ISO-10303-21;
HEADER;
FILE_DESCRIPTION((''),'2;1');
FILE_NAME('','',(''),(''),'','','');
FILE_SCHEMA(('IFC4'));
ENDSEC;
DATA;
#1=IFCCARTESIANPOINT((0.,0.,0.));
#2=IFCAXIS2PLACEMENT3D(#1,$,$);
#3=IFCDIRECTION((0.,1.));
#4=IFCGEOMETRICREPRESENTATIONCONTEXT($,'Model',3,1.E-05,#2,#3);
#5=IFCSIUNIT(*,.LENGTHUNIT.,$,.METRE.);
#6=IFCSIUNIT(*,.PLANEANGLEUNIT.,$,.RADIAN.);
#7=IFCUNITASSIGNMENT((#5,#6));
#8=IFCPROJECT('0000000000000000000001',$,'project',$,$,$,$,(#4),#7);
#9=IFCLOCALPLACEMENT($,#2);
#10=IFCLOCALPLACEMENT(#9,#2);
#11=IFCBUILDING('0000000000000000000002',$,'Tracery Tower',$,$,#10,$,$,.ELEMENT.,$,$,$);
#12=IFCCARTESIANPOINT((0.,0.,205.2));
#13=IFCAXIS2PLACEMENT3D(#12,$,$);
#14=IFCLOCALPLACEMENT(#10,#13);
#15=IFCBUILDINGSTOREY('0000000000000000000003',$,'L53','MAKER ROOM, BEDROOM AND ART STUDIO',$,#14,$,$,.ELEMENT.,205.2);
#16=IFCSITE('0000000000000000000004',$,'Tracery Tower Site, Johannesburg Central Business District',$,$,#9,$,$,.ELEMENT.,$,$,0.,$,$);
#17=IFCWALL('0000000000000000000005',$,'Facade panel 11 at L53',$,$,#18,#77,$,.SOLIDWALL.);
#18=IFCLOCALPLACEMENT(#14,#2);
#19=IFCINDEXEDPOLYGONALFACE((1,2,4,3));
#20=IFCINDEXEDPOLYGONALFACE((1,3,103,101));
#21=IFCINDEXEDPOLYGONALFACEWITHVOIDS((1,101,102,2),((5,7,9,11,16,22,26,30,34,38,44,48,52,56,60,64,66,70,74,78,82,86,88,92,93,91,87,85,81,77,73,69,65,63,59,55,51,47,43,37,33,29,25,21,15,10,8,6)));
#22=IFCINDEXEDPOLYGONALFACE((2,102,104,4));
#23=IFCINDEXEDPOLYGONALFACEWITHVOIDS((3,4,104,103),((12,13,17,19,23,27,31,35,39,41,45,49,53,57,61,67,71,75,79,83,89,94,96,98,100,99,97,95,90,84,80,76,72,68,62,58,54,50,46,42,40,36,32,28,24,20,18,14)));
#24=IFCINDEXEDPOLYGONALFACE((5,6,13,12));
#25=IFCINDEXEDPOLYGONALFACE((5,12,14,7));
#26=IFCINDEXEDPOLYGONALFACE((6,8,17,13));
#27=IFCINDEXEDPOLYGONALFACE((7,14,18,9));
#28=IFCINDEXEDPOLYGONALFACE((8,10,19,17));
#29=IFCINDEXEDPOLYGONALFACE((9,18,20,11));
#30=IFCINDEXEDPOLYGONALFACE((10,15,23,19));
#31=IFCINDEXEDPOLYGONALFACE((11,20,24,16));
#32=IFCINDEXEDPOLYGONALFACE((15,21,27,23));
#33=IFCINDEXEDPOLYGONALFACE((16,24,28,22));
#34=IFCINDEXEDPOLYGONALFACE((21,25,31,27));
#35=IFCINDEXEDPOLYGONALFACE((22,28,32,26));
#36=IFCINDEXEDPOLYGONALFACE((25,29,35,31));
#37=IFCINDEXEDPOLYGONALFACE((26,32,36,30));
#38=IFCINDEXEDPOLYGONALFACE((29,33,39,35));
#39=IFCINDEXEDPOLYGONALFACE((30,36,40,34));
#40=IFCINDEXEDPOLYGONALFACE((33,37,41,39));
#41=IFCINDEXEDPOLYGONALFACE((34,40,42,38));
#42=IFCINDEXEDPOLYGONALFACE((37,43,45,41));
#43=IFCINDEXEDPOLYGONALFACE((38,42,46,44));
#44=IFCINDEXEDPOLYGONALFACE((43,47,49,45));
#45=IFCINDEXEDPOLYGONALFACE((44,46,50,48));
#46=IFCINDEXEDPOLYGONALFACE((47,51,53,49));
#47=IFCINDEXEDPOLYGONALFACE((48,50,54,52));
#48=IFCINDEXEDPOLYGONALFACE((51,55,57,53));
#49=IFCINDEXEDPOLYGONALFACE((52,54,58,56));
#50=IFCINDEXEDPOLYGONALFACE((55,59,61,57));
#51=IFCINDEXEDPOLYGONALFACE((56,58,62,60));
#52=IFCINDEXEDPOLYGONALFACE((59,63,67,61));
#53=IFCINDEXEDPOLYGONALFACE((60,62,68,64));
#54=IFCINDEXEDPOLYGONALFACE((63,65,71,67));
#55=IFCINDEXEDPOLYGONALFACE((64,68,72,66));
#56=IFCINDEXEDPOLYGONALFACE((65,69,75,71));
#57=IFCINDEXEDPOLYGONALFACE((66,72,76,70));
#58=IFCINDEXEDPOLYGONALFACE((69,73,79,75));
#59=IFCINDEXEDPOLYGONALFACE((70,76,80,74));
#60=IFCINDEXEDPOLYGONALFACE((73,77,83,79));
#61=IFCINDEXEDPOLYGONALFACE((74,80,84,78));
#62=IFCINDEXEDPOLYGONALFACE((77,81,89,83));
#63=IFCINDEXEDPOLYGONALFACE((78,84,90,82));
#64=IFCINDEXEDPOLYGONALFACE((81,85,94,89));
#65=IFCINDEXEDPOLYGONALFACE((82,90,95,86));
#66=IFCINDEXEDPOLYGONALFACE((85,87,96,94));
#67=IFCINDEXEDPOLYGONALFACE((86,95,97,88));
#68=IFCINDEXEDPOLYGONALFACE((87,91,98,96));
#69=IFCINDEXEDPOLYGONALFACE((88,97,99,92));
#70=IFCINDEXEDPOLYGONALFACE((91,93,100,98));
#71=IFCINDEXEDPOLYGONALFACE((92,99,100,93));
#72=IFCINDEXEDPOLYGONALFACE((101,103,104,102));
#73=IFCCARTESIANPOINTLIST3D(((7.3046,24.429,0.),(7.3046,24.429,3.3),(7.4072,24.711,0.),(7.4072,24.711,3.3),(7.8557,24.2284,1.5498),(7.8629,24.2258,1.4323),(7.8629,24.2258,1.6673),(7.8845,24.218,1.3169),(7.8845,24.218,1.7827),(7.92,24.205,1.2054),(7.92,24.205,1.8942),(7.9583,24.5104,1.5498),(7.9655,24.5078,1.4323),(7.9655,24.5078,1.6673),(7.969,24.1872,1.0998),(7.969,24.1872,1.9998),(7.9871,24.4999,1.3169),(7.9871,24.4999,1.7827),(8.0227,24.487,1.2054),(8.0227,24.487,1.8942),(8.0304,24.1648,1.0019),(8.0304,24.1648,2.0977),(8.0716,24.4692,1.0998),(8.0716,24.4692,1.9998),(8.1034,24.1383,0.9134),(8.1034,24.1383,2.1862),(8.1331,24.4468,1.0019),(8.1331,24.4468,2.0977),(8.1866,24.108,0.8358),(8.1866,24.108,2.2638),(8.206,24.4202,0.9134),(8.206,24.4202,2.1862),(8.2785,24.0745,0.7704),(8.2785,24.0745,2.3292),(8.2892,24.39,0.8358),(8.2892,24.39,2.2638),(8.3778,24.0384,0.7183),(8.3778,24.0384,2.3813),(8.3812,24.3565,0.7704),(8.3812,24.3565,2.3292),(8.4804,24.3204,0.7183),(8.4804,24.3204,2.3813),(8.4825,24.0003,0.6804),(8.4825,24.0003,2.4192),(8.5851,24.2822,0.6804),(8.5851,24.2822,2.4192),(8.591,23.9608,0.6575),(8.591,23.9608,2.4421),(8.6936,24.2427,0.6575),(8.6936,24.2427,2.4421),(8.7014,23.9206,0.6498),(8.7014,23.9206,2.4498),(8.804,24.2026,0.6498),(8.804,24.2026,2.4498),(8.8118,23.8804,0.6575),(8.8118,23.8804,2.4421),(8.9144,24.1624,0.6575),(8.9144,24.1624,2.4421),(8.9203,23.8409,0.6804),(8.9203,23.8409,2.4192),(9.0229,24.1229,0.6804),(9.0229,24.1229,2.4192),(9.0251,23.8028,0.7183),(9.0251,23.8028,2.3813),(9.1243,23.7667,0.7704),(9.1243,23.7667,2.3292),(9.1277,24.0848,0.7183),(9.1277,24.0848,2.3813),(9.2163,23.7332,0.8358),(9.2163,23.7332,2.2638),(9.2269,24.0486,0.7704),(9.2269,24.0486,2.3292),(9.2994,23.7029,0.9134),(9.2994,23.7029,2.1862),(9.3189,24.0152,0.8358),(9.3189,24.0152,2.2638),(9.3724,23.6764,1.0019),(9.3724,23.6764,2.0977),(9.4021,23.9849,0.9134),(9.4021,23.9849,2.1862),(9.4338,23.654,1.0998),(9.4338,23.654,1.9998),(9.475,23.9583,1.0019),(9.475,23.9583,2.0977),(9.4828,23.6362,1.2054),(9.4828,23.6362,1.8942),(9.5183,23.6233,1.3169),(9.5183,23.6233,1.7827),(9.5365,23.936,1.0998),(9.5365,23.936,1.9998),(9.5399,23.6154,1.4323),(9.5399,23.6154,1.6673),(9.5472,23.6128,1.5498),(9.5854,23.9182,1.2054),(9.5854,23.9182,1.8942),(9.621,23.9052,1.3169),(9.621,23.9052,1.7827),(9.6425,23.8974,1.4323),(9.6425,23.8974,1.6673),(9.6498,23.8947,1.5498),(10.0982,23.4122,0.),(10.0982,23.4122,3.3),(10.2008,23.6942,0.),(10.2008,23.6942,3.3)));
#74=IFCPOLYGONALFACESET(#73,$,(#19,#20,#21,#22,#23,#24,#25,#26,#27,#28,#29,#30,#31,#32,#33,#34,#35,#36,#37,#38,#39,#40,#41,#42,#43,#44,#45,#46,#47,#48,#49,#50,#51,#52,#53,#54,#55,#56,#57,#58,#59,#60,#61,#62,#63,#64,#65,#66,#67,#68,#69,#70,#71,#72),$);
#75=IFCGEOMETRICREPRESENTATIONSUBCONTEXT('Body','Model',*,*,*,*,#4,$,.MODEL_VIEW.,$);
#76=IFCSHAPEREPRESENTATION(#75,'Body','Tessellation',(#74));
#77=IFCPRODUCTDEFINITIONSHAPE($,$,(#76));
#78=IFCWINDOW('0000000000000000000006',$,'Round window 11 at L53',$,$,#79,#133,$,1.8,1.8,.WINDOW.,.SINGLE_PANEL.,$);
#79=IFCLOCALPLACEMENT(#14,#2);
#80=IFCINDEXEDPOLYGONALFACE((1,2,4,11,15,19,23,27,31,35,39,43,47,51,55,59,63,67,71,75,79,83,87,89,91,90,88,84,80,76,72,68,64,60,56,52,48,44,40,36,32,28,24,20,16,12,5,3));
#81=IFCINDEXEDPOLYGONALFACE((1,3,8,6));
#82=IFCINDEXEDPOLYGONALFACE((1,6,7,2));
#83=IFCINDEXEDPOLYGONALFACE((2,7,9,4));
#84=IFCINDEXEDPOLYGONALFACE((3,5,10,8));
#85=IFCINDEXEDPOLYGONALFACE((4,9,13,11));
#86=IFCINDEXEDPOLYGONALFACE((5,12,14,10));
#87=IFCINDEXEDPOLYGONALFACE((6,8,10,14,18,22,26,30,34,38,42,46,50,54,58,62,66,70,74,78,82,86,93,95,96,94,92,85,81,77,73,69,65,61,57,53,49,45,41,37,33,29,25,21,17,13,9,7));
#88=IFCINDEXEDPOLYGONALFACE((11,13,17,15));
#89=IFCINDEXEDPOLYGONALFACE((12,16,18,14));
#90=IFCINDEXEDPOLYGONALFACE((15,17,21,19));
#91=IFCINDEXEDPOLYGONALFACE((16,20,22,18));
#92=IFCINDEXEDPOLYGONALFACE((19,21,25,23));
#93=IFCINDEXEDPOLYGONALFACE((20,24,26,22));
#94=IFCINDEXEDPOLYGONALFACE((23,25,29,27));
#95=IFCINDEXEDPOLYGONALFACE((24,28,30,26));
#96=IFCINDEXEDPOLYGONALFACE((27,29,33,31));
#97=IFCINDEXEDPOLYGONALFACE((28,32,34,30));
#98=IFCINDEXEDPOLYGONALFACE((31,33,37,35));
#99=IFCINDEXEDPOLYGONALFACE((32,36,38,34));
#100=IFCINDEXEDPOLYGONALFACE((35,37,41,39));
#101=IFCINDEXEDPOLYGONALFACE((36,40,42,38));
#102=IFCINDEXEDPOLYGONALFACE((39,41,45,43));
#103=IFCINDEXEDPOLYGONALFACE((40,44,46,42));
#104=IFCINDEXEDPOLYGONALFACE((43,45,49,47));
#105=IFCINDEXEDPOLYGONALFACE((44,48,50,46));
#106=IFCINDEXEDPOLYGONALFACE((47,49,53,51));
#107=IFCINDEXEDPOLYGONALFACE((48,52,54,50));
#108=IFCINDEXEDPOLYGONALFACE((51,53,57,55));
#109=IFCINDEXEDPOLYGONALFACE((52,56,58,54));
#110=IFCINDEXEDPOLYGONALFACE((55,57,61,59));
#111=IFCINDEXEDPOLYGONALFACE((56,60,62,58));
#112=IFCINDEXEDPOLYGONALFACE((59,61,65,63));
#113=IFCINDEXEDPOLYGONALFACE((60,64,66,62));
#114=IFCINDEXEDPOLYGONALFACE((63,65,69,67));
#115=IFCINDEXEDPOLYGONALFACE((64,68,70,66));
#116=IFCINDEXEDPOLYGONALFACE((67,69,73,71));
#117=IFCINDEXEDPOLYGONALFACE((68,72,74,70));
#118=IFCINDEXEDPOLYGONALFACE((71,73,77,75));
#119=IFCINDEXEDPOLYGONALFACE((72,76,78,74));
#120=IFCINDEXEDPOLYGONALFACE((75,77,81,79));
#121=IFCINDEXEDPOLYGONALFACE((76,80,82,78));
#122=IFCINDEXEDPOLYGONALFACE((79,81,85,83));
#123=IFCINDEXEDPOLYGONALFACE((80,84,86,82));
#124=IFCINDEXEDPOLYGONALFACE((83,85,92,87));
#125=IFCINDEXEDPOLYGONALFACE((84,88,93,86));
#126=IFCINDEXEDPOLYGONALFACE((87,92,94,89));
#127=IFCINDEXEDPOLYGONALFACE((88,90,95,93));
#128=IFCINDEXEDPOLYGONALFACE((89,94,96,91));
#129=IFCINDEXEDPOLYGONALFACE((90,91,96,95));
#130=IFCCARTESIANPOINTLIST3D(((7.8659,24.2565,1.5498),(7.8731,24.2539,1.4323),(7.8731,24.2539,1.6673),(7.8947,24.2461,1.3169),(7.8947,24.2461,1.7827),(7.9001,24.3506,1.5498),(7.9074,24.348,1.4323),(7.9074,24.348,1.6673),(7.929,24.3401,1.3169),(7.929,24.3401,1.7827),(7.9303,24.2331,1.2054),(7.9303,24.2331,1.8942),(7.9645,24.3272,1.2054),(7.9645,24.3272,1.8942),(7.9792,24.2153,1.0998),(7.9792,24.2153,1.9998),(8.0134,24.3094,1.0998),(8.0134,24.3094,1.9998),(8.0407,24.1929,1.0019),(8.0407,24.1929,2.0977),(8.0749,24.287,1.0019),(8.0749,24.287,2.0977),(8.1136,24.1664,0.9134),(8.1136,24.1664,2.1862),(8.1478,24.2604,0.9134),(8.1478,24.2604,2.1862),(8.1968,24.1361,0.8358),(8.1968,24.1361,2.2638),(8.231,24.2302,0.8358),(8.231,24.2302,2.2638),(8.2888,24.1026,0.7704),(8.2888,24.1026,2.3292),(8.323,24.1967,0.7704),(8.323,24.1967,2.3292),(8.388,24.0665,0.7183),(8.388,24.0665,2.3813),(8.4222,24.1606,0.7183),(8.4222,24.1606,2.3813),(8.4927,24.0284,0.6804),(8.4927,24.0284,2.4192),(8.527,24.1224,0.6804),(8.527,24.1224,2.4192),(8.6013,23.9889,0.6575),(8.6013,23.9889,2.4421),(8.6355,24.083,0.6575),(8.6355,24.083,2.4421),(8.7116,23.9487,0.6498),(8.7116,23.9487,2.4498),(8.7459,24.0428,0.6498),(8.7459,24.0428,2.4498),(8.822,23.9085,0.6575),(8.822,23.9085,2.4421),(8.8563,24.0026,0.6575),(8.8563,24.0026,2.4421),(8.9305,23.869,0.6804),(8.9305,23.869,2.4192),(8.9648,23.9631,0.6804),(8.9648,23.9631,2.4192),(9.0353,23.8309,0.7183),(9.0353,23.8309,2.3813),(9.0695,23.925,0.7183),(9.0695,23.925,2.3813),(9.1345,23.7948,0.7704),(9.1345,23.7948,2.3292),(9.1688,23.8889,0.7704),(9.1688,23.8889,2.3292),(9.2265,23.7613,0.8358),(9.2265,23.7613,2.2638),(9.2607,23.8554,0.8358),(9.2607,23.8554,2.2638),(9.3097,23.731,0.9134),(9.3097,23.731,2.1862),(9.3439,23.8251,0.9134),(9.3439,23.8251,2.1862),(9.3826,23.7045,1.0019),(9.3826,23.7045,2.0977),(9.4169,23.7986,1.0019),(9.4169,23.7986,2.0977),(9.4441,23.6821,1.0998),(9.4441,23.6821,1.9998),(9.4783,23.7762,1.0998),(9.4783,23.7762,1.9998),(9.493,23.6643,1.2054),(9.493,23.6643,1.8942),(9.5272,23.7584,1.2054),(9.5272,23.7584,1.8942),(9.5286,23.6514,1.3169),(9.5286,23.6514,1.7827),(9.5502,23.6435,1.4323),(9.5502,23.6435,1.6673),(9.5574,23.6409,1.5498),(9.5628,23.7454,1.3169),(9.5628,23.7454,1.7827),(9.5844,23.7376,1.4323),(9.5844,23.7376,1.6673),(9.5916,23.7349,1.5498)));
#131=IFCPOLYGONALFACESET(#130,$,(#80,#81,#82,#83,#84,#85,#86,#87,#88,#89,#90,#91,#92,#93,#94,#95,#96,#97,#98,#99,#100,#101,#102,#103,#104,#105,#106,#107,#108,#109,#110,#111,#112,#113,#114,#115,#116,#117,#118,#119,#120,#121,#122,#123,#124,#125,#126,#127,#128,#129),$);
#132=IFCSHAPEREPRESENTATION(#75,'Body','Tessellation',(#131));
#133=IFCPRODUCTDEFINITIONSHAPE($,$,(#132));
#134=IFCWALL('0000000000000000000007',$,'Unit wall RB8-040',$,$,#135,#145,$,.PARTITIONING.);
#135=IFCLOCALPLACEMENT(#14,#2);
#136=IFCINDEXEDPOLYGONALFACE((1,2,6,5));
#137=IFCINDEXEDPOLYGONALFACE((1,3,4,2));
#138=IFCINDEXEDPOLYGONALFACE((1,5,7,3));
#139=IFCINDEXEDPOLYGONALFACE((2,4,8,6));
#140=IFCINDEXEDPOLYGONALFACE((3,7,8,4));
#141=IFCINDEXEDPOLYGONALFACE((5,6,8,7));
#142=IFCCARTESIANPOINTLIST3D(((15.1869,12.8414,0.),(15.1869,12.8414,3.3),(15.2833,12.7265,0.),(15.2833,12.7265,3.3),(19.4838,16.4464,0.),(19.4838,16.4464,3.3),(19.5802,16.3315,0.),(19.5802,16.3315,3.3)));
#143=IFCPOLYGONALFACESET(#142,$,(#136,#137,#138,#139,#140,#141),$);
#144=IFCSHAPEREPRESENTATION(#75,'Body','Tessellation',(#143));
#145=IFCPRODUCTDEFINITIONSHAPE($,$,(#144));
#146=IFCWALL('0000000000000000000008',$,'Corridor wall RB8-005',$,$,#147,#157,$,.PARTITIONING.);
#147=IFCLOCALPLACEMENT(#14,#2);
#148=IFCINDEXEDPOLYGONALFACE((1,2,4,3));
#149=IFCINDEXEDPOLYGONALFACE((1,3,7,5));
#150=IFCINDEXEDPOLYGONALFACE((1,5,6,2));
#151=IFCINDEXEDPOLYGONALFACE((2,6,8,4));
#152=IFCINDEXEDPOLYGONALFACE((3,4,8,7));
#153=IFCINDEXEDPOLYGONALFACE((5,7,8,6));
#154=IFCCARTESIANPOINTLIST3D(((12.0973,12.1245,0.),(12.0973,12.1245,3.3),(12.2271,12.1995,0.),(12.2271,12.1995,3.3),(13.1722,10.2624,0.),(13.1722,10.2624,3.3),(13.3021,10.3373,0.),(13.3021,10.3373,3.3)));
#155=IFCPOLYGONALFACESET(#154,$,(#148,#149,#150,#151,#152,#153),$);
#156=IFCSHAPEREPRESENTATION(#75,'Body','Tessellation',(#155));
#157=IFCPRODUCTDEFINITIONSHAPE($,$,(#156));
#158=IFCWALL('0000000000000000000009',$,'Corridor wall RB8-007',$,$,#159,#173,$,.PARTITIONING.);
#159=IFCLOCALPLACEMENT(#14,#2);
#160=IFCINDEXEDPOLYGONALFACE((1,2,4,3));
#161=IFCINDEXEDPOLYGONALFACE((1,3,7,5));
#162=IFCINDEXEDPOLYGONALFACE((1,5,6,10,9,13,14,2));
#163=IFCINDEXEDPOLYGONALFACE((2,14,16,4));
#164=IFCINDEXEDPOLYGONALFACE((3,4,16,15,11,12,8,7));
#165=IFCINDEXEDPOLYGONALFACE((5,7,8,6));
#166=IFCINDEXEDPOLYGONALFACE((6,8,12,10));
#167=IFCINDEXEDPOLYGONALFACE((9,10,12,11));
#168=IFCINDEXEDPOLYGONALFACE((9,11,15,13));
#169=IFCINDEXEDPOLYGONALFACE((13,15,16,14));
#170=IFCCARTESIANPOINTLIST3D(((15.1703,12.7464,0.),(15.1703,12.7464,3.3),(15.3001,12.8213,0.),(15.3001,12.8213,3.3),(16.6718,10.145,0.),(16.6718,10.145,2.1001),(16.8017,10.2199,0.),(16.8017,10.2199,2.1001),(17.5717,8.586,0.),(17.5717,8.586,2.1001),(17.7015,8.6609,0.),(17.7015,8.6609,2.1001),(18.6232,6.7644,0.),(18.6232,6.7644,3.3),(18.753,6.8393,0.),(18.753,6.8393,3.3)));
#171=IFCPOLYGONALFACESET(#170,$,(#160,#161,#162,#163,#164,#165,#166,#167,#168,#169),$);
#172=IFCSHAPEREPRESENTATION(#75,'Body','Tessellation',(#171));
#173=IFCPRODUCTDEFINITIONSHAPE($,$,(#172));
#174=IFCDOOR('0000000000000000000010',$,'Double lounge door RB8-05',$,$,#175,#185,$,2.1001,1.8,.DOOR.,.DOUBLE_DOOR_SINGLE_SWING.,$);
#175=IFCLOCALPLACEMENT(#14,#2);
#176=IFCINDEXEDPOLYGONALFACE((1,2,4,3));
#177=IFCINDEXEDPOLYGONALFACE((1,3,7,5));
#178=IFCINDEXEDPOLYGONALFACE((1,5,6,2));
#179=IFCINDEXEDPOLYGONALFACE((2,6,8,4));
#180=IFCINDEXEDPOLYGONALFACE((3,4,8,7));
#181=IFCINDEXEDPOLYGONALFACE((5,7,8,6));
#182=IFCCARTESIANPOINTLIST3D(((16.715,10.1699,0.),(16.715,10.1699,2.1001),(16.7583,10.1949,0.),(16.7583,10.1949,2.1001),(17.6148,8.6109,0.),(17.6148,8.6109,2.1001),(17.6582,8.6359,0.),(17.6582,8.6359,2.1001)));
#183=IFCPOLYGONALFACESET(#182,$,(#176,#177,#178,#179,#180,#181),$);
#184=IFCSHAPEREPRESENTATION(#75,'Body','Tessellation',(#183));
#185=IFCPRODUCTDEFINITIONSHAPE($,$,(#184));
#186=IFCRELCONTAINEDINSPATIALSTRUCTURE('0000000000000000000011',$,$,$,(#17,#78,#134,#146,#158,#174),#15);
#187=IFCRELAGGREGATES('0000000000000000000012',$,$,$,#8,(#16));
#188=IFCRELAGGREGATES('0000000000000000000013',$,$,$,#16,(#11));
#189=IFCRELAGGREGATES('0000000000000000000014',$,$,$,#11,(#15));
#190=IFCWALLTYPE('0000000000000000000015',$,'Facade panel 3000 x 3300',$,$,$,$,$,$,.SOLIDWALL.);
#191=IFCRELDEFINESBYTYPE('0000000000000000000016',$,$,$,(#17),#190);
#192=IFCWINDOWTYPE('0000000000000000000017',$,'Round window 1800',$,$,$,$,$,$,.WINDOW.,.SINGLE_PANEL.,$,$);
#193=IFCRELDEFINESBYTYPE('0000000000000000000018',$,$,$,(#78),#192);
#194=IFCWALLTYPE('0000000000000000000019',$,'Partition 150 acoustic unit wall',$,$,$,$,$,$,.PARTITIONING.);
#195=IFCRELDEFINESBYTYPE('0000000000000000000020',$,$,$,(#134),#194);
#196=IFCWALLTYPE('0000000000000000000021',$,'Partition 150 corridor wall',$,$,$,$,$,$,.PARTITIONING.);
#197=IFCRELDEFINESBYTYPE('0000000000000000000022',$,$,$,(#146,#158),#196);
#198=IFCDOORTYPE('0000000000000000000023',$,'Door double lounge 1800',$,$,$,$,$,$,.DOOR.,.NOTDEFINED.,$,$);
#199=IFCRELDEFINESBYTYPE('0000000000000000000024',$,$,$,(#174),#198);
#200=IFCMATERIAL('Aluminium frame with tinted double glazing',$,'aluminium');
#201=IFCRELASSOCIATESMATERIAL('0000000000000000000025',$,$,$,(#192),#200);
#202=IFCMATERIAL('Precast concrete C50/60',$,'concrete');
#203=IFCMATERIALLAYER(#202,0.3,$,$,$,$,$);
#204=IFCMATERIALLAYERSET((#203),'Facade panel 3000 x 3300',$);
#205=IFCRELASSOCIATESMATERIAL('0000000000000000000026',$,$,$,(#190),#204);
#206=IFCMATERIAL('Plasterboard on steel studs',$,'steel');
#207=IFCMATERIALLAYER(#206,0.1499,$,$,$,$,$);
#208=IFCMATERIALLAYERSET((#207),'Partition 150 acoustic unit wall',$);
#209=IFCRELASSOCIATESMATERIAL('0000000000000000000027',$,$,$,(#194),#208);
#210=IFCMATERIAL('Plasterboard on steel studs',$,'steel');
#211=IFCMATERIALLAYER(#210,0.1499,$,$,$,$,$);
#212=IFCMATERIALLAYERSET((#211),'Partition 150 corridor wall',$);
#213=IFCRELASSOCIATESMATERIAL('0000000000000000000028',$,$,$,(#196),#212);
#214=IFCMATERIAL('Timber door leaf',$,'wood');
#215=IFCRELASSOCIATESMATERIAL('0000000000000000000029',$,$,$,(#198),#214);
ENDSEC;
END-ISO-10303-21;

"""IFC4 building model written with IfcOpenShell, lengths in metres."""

from ifc_helpers import new_model, si_unit, direction, frame, frame_2d, origin, origin_2d, place, context, subcontext, project, spatial, rectangle, circle, extrude, material, layer, layer_set, type_object, element, fill, save


model = new_model("IFC4")

# Units and contexts
model_context = context("Model", 3, precision=1e-05, world=origin(), true_north=direction((0.0, 1.0)))
body_context = subcontext(model_context, "Body", "Model", "MODEL_VIEW")
ifc_project = project(units=[si_unit("LENGTHUNIT", "METRE"), si_unit("PLANEANGLEUNIT", "RADIAN")], contexts=[model_context])

# Site, building, storey
site_placement = place(None, origin())
site = spatial("IfcSite", under=ifc_project, at=site_placement, Name="Tracery Tower Site, Johannesburg Central Business District", CompositionType="ELEMENT", RefElevation=0.0)
building_placement = place(site_placement, origin())
building = spatial("IfcBuilding", under=site, at=building_placement, Name="Tracery Tower", CompositionType="ELEMENT")
storey_placement = place(building_placement, frame((0.0, 0.0, 205.2)))
storey = spatial("IfcBuildingStorey", under=building, at=storey_placement, Name="L53", Description="MAKER ROOM, BEDROOM AND ART STUDIO", CompositionType="ELEMENT", Elevation=205.2)

# Wall, opening, window
ifc_material_1 = material(Name="Aluminium frame with tinted double glazing", Category="aluminium")
window_type = type_object("IfcWindowType", Name="Round window 1800", PartitioningType="SINGLE_PANEL", PredefinedType="WINDOW", material=ifc_material_1)
ifc_material_2 = material(Name="Precast concrete C50/60", Category="concrete")
ifc_layer_1 = layer(ifc_material_2, 0.3)
ifc_layer_set_1 = layer_set([ifc_layer_1], Name="Facade panel 3000 x 3300")
wall_type_1 = type_object("IfcWallType", Name="Facade panel 3000 x 3300", PredefinedType="SOLIDWALL", material=ifc_layer_set_1)
wall_1_placement = place(storey_placement, frame((10.1494, 23.5532, 0.0), z_axis=(0.0, 0.0, 1.0), x_axis=(-0.93969, 0.342027, 0.0)))
wall_1 = element("IfcWall", 1, at=wall_1_placement, inside=storey, type_object=wall_type_1, Name="Facade panel 11 at L53", PredefinedType="SOLIDWALL", context=body_context, shape_type="SweptSolid", body=[
    extrude(rectangle(XDim=2.9729, YDim=0.3, at=frame_2d((1.4863, 0.0))), origin(), (0.0, 0.0, 1.0), 3.3),
])
opening_1_placement = place(wall_1_placement, frame((1.4863, 0.0, 1.5498)))
opening_1 = element("IfcOpeningElement", 2, at=opening_1_placement, cuts=wall_1, PredefinedType="OPENING", context=body_context, shape_type="SweptSolid", body=[
    extrude(circle(Radius=0.9, at=origin_2d()), frame((0.0, 0.1599, 0.0), z_axis=(0.0, -1.0, 0.0), x_axis=(1.0, 0.0, 0.0)), (0.0, 0.0, 1.0), 0.3201),
])
window_1_placement = place(opening_1_placement, origin())
window_1 = element("IfcWindow", 3, at=window_1_placement, inside=storey, type_object=window_type, Name="Round window 11 at L53", OverallHeight=1.8, OverallWidth=1.8, PartitioningType="SINGLE_PANEL", PredefinedType="WINDOW", context=body_context, shape_type="SweptSolid", body=[
    extrude(circle(Radius=0.9, at=origin_2d()), frame((0.0, 0.1201, 0.0), z_axis=(0.0, -1.0, 0.0), x_axis=(1.0, 0.0, 0.0)), (0.0, 0.0, 1.0), 0.1001),
])
fill(opening_1, window_1)

# Walls
ifc_material_3 = material(Name="Plasterboard on steel studs", Category="steel")
ifc_layer_2 = layer(ifc_material_3, 0.1499)
ifc_layer_set_2 = layer_set([ifc_layer_2], Name="Partition 150 acoustic unit wall")
wall_type_2 = type_object("IfcWallType", Name="Partition 150 acoustic unit wall", PredefinedType="PARTITIONING", material=ifc_layer_set_2)
wall_2_placement = place(storey_placement, frame((15.2351, 12.7839, 0.0), z_axis=(0.0, 0.0, 1.0), x_axis=(0.766091, 0.642733, 0.0)))
element("IfcWall", 4, at=wall_2_placement, inside=storey, type_object=wall_type_2, Name="Unit wall RB8-040", PredefinedType="PARTITIONING", context=body_context, shape_type="SweptSolid", body=[
    extrude(rectangle(XDim=5.6089, YDim=0.1499, at=frame_2d((2.8044, 0.0))), origin(), (0.0, 0.0, 1.0), 3.3),
])
ifc_material_4 = material(Name="Plasterboard on steel studs", Category="steel")
ifc_layer_3 = layer(ifc_material_4, 0.1499)
ifc_layer_set_3 = layer_set([ifc_layer_3], Name="Partition 150 corridor wall")
wall_type_3 = type_object("IfcWallType", Name="Partition 150 corridor wall", PredefinedType="PARTITIONING", material=ifc_layer_set_3)
wall_3_placement = place(storey_placement, frame((12.1621, 12.1621, 0.0), z_axis=(0.0, 0.0, 1.0), x_axis=(0.499962, -0.866048, 0.0)))
element("IfcWall", 5, at=wall_3_placement, inside=storey, type_object=wall_type_3, Name="Corridor wall RB8-005", PredefinedType="PARTITIONING", context=body_context, shape_type="SweptSolid", body=[
    extrude(rectangle(XDim=2.1501, YDim=0.1499, at=frame_2d((1.0752, 0.0))), origin(), (0.0, 0.0, 1.0), 3.3),
])

# Wall, opening, door
wall_4_placement = place(storey_placement, frame((15.2351, 12.7839, 0.0), z_axis=(0.0, 0.0, 1.0), x_axis=(0.499914, -0.866075, 0.0)))
wall_4 = element("IfcWall", 6, at=wall_4_placement, inside=storey, type_object=wall_type_3, Name="Corridor wall RB8-007", PredefinedType="PARTITIONING", context=body_context, shape_type="SweptSolid", body=[
    extrude(rectangle(XDim=6.907, YDim=0.1499, at=frame_2d((3.4536, 0.0))), origin(), (0.0, 0.0, 1.0), 3.3),
])
opening_2_placement = place(wall_4_placement, frame((3.0039, 0.0, 0.0)))
opening_2 = element("IfcOpeningElement", 7, at=opening_2_placement, cuts=wall_4, PredefinedType="OPENING", context=body_context, shape_type="SweptSolid", body=[
    extrude(rectangle(XDim=1.8, YDim=2.1001, at=frame_2d((0.8999, 1.05))), frame((0.0, 0.075, 0.0), z_axis=(0.0, -1.0, 0.0), x_axis=(1.0, 0.0, 0.0)), (0.0, 0.0, 1.0), 0.1499),
])
ifc_material_5 = material(Name="Timber door leaf", Category="wood")
door_type = type_object("IfcDoorType", Name="Door double lounge 1800", OperationType="NOTDEFINED", PredefinedType="DOOR", material=ifc_material_5)
door_placement = place(opening_2_placement, origin())
door = element("IfcDoor", 8, at=door_placement, inside=storey, type_object=door_type, Name="Double lounge door RB8-05", OperationType="DOUBLE_DOOR_SINGLE_SWING", OverallHeight=2.1001, OverallWidth=1.8, PredefinedType="DOOR", context=body_context, shape_type="SweptSolid", body=[
    extrude(rectangle(XDim=1.8, YDim=2.1001, at=frame_2d((0.8999, 1.05))), frame((0.0, 0.0249, 0.0), z_axis=(0.0, -1.0, 0.0), x_axis=(1.0, 0.0, 0.0)), (0.0, 0.0, 1.0), 0.05),
])
fill(opening_2, door)

save(model, "model.ifc")
